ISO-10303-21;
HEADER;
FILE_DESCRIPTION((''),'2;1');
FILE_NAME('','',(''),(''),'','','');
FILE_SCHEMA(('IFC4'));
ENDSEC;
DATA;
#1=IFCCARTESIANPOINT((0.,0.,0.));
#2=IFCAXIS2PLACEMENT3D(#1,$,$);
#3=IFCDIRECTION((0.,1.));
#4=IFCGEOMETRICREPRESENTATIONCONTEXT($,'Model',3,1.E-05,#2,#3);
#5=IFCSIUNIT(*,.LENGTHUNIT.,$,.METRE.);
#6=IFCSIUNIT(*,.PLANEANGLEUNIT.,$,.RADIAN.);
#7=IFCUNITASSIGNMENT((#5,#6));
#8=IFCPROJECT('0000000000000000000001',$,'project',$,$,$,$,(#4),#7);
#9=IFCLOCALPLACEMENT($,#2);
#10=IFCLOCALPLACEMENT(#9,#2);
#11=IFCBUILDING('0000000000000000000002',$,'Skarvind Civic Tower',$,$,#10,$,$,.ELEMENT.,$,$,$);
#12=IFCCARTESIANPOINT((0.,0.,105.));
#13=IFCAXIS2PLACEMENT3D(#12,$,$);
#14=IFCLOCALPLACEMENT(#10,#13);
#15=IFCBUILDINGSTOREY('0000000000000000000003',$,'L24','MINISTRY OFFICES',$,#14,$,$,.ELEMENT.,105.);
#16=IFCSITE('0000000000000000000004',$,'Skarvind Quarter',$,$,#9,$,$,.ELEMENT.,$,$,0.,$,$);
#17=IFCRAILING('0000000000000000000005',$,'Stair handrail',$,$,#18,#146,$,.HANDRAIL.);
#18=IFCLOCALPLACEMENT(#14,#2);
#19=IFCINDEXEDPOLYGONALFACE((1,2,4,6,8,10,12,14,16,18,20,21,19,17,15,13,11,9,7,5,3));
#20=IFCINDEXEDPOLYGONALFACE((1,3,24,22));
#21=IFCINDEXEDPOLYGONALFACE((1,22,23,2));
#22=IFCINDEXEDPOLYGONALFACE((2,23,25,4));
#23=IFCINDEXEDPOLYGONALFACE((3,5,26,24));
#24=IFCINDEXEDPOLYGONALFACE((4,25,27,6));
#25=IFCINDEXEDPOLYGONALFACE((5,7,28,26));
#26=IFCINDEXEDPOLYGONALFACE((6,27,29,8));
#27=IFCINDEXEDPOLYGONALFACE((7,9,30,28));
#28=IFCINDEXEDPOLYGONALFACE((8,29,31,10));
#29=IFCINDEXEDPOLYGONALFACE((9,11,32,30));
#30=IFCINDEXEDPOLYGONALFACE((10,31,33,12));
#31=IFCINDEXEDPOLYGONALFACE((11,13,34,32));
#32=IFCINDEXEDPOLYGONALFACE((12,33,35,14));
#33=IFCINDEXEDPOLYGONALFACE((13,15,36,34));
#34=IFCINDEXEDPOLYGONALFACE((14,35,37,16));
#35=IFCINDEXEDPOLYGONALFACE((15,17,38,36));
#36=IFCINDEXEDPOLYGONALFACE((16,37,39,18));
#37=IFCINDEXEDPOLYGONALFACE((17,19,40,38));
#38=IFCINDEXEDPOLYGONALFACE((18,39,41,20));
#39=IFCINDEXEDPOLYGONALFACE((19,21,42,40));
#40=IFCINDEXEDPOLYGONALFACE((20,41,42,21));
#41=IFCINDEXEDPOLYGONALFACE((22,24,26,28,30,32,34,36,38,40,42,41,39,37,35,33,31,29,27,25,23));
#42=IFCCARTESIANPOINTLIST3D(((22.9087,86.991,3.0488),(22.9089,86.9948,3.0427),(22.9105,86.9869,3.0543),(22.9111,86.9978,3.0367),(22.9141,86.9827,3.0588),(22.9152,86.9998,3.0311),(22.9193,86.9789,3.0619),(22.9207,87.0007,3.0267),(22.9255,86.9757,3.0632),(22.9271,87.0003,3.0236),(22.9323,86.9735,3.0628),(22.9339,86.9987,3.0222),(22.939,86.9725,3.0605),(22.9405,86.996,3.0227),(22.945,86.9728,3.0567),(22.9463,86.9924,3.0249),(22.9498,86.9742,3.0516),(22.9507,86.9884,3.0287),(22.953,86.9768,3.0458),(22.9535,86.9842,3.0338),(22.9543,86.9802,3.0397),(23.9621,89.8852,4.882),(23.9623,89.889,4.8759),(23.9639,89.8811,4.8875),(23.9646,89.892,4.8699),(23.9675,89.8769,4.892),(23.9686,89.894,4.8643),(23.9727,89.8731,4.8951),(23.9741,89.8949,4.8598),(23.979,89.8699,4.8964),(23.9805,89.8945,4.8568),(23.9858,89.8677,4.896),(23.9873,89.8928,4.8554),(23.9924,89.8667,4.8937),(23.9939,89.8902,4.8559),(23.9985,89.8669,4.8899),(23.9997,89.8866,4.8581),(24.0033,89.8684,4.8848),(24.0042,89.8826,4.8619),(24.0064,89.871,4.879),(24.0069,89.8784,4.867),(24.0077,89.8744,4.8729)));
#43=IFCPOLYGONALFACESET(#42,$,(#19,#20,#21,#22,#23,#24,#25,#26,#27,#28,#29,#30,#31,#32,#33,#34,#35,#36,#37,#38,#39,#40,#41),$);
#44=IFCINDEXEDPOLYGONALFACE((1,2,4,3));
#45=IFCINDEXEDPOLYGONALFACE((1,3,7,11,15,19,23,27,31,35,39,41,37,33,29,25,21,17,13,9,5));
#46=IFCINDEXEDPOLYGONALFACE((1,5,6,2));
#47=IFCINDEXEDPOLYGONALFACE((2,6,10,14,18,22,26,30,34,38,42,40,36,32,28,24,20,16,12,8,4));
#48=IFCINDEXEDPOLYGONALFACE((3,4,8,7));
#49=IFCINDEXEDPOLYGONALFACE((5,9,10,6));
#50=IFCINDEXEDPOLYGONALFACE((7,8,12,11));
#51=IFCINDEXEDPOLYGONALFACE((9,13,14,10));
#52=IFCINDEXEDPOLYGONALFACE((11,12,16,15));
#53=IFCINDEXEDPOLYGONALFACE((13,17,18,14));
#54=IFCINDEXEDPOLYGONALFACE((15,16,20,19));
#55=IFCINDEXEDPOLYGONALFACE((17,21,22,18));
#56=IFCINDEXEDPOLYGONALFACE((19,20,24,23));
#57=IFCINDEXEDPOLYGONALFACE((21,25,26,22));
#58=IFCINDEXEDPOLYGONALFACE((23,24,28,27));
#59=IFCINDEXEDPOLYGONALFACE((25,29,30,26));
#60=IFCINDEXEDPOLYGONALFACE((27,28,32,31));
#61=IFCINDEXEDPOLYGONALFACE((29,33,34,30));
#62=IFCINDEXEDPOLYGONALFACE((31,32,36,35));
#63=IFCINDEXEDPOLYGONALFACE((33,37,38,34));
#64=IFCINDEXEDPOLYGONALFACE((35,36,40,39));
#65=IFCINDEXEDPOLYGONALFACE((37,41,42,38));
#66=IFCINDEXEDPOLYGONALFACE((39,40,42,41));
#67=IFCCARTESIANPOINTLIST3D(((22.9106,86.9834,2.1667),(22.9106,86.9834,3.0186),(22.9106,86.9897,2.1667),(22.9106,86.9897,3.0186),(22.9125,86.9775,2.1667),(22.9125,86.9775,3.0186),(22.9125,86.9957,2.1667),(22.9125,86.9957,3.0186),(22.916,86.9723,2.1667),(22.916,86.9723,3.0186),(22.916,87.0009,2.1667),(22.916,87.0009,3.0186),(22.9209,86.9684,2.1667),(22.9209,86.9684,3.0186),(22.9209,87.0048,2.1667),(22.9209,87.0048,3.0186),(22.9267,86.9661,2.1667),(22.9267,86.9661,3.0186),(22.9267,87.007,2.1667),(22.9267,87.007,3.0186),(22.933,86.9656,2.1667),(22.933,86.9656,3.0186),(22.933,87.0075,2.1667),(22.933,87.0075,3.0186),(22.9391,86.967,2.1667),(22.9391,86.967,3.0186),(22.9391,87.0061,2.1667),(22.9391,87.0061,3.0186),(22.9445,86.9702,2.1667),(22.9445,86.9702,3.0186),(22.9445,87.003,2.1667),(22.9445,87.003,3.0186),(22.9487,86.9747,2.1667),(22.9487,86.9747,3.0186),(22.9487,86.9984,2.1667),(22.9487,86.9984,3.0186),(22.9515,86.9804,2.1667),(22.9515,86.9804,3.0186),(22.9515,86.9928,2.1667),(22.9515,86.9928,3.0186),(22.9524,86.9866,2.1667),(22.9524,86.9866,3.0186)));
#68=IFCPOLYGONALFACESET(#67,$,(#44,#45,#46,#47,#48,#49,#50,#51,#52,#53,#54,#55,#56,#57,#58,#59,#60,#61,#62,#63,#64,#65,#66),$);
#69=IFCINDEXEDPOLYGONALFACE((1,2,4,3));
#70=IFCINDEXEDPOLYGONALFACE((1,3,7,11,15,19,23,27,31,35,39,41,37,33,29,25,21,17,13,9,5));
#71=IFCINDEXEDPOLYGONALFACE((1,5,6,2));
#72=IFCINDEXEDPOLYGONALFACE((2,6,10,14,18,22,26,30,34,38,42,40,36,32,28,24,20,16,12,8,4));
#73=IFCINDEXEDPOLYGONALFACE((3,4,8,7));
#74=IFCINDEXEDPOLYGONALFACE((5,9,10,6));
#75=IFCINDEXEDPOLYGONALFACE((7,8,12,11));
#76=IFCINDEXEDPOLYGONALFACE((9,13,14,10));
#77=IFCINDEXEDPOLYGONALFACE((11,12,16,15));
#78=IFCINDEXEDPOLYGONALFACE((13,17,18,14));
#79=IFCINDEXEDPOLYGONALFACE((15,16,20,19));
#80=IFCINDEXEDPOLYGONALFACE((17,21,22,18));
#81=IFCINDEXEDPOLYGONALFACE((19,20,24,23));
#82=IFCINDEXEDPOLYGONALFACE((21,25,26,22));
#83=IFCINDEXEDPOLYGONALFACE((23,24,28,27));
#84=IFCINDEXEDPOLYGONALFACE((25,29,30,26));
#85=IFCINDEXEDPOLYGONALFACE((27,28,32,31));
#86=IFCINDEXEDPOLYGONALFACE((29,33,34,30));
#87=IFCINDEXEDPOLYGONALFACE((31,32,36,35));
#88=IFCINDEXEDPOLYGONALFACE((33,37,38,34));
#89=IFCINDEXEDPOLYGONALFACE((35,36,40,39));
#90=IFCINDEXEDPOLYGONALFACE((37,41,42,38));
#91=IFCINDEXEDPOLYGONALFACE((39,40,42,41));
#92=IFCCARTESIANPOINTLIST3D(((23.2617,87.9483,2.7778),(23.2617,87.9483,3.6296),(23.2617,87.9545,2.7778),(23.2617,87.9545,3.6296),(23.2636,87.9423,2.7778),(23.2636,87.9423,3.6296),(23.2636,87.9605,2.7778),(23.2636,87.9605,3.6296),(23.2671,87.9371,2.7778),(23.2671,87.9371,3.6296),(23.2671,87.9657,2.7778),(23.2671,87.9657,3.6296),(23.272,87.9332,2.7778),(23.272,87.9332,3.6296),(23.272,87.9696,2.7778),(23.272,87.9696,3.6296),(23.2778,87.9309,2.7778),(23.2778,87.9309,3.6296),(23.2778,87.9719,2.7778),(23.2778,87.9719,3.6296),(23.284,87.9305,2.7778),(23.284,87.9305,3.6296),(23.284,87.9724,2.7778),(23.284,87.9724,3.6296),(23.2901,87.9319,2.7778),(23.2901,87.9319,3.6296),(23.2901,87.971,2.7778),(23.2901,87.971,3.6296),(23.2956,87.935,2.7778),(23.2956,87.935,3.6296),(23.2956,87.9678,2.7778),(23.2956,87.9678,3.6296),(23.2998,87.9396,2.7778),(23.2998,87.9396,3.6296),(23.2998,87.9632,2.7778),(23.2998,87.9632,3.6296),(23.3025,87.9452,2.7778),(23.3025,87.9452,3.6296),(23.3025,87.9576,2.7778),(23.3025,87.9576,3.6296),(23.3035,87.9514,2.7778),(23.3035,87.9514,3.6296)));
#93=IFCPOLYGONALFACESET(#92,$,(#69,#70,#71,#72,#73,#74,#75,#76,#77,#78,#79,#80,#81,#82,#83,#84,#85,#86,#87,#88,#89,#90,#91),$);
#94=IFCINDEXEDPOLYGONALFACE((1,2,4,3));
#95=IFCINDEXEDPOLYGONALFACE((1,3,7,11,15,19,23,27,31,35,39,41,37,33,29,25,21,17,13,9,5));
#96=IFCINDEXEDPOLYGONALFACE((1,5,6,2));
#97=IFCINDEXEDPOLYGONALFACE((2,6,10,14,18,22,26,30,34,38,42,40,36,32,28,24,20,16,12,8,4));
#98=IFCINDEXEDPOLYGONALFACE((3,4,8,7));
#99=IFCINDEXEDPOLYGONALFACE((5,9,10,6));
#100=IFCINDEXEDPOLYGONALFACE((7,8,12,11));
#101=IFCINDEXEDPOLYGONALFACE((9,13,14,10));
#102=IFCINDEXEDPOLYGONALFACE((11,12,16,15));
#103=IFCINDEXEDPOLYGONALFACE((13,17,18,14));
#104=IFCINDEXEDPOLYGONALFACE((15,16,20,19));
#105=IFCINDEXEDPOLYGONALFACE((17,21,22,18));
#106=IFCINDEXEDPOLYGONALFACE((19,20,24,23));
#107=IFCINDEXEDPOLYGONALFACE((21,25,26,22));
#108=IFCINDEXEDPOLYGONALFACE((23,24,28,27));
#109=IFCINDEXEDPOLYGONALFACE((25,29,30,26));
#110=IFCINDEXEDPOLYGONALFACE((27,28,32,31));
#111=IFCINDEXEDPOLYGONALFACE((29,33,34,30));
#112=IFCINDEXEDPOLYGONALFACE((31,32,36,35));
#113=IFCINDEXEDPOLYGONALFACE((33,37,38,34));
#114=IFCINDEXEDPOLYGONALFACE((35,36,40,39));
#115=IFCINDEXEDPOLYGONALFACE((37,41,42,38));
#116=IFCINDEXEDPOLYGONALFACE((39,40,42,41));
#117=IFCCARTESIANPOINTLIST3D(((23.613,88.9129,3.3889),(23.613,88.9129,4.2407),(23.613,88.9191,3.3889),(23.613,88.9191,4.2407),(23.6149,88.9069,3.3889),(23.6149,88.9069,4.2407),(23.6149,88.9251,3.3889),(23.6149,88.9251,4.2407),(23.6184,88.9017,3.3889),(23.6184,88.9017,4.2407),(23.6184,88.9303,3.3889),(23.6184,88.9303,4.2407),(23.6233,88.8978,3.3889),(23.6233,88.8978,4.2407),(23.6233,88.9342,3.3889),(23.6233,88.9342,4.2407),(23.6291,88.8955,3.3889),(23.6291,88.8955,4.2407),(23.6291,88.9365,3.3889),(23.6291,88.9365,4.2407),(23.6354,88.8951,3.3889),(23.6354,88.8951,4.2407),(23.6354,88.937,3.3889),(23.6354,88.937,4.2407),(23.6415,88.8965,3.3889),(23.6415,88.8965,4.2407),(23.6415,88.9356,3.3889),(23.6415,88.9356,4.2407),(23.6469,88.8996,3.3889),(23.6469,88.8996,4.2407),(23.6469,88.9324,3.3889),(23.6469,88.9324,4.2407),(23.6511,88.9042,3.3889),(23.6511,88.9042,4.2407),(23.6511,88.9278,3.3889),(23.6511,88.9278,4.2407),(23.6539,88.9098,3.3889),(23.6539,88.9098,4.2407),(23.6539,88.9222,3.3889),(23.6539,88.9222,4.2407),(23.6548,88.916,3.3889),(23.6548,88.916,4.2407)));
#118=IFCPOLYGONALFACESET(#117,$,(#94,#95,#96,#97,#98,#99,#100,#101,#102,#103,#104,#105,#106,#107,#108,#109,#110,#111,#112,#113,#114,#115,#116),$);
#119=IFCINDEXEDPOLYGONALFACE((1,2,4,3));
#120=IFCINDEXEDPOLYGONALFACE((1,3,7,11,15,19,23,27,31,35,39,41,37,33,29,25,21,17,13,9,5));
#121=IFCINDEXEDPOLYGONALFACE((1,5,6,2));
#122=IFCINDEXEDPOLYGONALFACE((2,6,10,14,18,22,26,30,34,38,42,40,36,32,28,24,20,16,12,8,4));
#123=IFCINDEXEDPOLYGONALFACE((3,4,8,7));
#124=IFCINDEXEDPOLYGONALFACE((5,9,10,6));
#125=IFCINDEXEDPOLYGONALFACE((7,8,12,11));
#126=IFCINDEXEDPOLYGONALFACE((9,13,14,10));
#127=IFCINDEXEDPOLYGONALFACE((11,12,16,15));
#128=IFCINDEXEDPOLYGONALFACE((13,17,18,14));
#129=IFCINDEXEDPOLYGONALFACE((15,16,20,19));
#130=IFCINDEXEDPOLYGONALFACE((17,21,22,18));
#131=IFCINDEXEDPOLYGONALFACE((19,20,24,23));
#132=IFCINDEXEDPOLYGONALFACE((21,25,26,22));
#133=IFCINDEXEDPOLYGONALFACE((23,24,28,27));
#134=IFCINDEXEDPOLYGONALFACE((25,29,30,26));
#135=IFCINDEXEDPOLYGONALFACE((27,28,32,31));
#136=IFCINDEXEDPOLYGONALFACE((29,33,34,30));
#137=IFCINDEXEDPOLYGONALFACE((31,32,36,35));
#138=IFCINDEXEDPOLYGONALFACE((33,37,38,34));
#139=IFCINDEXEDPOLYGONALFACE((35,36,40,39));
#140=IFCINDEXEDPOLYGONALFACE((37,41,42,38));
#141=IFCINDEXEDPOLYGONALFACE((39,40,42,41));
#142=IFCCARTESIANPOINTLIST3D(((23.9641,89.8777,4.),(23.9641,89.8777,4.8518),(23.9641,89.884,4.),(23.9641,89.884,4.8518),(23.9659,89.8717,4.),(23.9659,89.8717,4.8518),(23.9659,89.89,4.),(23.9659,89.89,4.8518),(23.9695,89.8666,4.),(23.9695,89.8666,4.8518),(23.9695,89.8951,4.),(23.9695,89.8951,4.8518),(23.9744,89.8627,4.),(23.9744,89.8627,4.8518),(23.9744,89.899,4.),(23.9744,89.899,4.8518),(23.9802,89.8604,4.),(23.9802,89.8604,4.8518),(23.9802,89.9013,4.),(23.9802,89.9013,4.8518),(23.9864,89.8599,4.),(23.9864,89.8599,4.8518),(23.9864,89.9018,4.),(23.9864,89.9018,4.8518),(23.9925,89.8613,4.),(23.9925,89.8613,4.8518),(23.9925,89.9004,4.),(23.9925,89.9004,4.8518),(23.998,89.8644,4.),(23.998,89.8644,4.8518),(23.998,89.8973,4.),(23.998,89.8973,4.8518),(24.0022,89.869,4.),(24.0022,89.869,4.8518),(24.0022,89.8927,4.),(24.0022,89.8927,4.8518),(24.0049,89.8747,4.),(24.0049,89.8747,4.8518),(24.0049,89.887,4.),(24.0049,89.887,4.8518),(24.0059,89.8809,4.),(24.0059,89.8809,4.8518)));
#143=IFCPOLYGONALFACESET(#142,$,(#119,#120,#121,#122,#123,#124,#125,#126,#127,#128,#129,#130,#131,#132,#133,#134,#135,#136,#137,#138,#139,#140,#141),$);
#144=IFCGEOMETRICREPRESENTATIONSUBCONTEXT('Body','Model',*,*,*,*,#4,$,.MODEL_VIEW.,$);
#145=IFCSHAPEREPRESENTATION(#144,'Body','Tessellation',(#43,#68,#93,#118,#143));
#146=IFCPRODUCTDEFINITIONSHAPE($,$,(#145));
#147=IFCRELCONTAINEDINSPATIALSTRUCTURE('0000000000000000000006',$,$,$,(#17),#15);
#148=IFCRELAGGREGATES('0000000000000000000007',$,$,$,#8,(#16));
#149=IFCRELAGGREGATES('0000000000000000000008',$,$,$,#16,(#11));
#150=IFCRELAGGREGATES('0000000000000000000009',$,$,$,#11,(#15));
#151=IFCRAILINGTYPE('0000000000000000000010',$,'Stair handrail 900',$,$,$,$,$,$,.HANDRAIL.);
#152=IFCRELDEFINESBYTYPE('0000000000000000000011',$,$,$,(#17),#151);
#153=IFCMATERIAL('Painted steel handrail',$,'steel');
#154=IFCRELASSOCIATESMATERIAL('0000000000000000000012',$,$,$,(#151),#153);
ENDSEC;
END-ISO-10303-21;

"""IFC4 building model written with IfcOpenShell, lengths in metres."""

from ifc_helpers import new_model, si_unit, direction, frame, origin, origin_2d, place, context, subcontext, project, spatial, circle, extrude, material, type_object, element, save


model = new_model("IFC4")

# Units and contexts
model_context = context("Model", 3, precision=1e-05, world=origin(), true_north=direction((0.0, 1.0)))
body_context = subcontext(model_context, "Body", "Model", "MODEL_VIEW")
ifc_project = project(units=[si_unit("LENGTHUNIT", "METRE"), si_unit("PLANEANGLEUNIT", "RADIAN")], contexts=[model_context])

# Site, building, storey
site_placement = place(None, origin())
site = spatial("IfcSite", under=ifc_project, at=site_placement, Name="Skarvind Quarter", CompositionType="ELEMENT", RefElevation=0.0)
building_placement = place(site_placement, origin())
building = spatial("IfcBuilding", under=site, at=building_placement, Name="Skarvind Civic Tower", CompositionType="ELEMENT")
storey_placement = place(building_placement, frame((0.0, 0.0, 105.0)))
storey = spatial("IfcBuildingStorey", under=building, at=storey_placement, Name="L24", Description="MINISTRY OFFICES", CompositionType="ELEMENT", Elevation=105.0)

# Railing
ifc_material_1 = material(Name="Painted steel handrail", Category="steel")
railing_type = type_object("IfcRailingType", Name="Stair handrail 900", PredefinedType="HANDRAIL", material=ifc_material_1)
railing_1_placement = place(storey_placement, frame((22.9314, 86.9866, 2.1667)))
element("IfcRailing", 1, at=railing_1_placement, inside=storey, type_object=railing_type, Name="Stair handrail", PredefinedType="HANDRAIL", context=body_context, shape_type="SweptSolid", body=[
    extrude(circle(Radius=0.0239, at=origin_2d()), frame((0.0, 0.0, 0.876), z_axis=(0.293908, 0.807481, 0.511461), x_axis=(-0.939689, 0.342029, 0.0)), (0.0, 0.0, 1.0), 3.5842),
    extrude(circle(Radius=0.021, at=origin_2d()), origin(), (0.0, 0.0, 1.0), 0.8518),
    extrude(circle(Radius=0.021, at=origin_2d()), frame((0.3511, 0.9648, 0.6111)), (0.0, 0.0, 1.0), 0.8518),
    extrude(circle(Radius=0.021, at=origin_2d()), frame((0.7024, 1.9294, 1.2222)), (0.0, 0.0, 1.0), 0.8518),
    extrude(circle(Radius=0.021, at=origin_2d()), frame((1.0535, 2.8943, 1.8333)), (0.0, 0.0, 1.0), 0.8518),
])

save(model, "model.ifc")
